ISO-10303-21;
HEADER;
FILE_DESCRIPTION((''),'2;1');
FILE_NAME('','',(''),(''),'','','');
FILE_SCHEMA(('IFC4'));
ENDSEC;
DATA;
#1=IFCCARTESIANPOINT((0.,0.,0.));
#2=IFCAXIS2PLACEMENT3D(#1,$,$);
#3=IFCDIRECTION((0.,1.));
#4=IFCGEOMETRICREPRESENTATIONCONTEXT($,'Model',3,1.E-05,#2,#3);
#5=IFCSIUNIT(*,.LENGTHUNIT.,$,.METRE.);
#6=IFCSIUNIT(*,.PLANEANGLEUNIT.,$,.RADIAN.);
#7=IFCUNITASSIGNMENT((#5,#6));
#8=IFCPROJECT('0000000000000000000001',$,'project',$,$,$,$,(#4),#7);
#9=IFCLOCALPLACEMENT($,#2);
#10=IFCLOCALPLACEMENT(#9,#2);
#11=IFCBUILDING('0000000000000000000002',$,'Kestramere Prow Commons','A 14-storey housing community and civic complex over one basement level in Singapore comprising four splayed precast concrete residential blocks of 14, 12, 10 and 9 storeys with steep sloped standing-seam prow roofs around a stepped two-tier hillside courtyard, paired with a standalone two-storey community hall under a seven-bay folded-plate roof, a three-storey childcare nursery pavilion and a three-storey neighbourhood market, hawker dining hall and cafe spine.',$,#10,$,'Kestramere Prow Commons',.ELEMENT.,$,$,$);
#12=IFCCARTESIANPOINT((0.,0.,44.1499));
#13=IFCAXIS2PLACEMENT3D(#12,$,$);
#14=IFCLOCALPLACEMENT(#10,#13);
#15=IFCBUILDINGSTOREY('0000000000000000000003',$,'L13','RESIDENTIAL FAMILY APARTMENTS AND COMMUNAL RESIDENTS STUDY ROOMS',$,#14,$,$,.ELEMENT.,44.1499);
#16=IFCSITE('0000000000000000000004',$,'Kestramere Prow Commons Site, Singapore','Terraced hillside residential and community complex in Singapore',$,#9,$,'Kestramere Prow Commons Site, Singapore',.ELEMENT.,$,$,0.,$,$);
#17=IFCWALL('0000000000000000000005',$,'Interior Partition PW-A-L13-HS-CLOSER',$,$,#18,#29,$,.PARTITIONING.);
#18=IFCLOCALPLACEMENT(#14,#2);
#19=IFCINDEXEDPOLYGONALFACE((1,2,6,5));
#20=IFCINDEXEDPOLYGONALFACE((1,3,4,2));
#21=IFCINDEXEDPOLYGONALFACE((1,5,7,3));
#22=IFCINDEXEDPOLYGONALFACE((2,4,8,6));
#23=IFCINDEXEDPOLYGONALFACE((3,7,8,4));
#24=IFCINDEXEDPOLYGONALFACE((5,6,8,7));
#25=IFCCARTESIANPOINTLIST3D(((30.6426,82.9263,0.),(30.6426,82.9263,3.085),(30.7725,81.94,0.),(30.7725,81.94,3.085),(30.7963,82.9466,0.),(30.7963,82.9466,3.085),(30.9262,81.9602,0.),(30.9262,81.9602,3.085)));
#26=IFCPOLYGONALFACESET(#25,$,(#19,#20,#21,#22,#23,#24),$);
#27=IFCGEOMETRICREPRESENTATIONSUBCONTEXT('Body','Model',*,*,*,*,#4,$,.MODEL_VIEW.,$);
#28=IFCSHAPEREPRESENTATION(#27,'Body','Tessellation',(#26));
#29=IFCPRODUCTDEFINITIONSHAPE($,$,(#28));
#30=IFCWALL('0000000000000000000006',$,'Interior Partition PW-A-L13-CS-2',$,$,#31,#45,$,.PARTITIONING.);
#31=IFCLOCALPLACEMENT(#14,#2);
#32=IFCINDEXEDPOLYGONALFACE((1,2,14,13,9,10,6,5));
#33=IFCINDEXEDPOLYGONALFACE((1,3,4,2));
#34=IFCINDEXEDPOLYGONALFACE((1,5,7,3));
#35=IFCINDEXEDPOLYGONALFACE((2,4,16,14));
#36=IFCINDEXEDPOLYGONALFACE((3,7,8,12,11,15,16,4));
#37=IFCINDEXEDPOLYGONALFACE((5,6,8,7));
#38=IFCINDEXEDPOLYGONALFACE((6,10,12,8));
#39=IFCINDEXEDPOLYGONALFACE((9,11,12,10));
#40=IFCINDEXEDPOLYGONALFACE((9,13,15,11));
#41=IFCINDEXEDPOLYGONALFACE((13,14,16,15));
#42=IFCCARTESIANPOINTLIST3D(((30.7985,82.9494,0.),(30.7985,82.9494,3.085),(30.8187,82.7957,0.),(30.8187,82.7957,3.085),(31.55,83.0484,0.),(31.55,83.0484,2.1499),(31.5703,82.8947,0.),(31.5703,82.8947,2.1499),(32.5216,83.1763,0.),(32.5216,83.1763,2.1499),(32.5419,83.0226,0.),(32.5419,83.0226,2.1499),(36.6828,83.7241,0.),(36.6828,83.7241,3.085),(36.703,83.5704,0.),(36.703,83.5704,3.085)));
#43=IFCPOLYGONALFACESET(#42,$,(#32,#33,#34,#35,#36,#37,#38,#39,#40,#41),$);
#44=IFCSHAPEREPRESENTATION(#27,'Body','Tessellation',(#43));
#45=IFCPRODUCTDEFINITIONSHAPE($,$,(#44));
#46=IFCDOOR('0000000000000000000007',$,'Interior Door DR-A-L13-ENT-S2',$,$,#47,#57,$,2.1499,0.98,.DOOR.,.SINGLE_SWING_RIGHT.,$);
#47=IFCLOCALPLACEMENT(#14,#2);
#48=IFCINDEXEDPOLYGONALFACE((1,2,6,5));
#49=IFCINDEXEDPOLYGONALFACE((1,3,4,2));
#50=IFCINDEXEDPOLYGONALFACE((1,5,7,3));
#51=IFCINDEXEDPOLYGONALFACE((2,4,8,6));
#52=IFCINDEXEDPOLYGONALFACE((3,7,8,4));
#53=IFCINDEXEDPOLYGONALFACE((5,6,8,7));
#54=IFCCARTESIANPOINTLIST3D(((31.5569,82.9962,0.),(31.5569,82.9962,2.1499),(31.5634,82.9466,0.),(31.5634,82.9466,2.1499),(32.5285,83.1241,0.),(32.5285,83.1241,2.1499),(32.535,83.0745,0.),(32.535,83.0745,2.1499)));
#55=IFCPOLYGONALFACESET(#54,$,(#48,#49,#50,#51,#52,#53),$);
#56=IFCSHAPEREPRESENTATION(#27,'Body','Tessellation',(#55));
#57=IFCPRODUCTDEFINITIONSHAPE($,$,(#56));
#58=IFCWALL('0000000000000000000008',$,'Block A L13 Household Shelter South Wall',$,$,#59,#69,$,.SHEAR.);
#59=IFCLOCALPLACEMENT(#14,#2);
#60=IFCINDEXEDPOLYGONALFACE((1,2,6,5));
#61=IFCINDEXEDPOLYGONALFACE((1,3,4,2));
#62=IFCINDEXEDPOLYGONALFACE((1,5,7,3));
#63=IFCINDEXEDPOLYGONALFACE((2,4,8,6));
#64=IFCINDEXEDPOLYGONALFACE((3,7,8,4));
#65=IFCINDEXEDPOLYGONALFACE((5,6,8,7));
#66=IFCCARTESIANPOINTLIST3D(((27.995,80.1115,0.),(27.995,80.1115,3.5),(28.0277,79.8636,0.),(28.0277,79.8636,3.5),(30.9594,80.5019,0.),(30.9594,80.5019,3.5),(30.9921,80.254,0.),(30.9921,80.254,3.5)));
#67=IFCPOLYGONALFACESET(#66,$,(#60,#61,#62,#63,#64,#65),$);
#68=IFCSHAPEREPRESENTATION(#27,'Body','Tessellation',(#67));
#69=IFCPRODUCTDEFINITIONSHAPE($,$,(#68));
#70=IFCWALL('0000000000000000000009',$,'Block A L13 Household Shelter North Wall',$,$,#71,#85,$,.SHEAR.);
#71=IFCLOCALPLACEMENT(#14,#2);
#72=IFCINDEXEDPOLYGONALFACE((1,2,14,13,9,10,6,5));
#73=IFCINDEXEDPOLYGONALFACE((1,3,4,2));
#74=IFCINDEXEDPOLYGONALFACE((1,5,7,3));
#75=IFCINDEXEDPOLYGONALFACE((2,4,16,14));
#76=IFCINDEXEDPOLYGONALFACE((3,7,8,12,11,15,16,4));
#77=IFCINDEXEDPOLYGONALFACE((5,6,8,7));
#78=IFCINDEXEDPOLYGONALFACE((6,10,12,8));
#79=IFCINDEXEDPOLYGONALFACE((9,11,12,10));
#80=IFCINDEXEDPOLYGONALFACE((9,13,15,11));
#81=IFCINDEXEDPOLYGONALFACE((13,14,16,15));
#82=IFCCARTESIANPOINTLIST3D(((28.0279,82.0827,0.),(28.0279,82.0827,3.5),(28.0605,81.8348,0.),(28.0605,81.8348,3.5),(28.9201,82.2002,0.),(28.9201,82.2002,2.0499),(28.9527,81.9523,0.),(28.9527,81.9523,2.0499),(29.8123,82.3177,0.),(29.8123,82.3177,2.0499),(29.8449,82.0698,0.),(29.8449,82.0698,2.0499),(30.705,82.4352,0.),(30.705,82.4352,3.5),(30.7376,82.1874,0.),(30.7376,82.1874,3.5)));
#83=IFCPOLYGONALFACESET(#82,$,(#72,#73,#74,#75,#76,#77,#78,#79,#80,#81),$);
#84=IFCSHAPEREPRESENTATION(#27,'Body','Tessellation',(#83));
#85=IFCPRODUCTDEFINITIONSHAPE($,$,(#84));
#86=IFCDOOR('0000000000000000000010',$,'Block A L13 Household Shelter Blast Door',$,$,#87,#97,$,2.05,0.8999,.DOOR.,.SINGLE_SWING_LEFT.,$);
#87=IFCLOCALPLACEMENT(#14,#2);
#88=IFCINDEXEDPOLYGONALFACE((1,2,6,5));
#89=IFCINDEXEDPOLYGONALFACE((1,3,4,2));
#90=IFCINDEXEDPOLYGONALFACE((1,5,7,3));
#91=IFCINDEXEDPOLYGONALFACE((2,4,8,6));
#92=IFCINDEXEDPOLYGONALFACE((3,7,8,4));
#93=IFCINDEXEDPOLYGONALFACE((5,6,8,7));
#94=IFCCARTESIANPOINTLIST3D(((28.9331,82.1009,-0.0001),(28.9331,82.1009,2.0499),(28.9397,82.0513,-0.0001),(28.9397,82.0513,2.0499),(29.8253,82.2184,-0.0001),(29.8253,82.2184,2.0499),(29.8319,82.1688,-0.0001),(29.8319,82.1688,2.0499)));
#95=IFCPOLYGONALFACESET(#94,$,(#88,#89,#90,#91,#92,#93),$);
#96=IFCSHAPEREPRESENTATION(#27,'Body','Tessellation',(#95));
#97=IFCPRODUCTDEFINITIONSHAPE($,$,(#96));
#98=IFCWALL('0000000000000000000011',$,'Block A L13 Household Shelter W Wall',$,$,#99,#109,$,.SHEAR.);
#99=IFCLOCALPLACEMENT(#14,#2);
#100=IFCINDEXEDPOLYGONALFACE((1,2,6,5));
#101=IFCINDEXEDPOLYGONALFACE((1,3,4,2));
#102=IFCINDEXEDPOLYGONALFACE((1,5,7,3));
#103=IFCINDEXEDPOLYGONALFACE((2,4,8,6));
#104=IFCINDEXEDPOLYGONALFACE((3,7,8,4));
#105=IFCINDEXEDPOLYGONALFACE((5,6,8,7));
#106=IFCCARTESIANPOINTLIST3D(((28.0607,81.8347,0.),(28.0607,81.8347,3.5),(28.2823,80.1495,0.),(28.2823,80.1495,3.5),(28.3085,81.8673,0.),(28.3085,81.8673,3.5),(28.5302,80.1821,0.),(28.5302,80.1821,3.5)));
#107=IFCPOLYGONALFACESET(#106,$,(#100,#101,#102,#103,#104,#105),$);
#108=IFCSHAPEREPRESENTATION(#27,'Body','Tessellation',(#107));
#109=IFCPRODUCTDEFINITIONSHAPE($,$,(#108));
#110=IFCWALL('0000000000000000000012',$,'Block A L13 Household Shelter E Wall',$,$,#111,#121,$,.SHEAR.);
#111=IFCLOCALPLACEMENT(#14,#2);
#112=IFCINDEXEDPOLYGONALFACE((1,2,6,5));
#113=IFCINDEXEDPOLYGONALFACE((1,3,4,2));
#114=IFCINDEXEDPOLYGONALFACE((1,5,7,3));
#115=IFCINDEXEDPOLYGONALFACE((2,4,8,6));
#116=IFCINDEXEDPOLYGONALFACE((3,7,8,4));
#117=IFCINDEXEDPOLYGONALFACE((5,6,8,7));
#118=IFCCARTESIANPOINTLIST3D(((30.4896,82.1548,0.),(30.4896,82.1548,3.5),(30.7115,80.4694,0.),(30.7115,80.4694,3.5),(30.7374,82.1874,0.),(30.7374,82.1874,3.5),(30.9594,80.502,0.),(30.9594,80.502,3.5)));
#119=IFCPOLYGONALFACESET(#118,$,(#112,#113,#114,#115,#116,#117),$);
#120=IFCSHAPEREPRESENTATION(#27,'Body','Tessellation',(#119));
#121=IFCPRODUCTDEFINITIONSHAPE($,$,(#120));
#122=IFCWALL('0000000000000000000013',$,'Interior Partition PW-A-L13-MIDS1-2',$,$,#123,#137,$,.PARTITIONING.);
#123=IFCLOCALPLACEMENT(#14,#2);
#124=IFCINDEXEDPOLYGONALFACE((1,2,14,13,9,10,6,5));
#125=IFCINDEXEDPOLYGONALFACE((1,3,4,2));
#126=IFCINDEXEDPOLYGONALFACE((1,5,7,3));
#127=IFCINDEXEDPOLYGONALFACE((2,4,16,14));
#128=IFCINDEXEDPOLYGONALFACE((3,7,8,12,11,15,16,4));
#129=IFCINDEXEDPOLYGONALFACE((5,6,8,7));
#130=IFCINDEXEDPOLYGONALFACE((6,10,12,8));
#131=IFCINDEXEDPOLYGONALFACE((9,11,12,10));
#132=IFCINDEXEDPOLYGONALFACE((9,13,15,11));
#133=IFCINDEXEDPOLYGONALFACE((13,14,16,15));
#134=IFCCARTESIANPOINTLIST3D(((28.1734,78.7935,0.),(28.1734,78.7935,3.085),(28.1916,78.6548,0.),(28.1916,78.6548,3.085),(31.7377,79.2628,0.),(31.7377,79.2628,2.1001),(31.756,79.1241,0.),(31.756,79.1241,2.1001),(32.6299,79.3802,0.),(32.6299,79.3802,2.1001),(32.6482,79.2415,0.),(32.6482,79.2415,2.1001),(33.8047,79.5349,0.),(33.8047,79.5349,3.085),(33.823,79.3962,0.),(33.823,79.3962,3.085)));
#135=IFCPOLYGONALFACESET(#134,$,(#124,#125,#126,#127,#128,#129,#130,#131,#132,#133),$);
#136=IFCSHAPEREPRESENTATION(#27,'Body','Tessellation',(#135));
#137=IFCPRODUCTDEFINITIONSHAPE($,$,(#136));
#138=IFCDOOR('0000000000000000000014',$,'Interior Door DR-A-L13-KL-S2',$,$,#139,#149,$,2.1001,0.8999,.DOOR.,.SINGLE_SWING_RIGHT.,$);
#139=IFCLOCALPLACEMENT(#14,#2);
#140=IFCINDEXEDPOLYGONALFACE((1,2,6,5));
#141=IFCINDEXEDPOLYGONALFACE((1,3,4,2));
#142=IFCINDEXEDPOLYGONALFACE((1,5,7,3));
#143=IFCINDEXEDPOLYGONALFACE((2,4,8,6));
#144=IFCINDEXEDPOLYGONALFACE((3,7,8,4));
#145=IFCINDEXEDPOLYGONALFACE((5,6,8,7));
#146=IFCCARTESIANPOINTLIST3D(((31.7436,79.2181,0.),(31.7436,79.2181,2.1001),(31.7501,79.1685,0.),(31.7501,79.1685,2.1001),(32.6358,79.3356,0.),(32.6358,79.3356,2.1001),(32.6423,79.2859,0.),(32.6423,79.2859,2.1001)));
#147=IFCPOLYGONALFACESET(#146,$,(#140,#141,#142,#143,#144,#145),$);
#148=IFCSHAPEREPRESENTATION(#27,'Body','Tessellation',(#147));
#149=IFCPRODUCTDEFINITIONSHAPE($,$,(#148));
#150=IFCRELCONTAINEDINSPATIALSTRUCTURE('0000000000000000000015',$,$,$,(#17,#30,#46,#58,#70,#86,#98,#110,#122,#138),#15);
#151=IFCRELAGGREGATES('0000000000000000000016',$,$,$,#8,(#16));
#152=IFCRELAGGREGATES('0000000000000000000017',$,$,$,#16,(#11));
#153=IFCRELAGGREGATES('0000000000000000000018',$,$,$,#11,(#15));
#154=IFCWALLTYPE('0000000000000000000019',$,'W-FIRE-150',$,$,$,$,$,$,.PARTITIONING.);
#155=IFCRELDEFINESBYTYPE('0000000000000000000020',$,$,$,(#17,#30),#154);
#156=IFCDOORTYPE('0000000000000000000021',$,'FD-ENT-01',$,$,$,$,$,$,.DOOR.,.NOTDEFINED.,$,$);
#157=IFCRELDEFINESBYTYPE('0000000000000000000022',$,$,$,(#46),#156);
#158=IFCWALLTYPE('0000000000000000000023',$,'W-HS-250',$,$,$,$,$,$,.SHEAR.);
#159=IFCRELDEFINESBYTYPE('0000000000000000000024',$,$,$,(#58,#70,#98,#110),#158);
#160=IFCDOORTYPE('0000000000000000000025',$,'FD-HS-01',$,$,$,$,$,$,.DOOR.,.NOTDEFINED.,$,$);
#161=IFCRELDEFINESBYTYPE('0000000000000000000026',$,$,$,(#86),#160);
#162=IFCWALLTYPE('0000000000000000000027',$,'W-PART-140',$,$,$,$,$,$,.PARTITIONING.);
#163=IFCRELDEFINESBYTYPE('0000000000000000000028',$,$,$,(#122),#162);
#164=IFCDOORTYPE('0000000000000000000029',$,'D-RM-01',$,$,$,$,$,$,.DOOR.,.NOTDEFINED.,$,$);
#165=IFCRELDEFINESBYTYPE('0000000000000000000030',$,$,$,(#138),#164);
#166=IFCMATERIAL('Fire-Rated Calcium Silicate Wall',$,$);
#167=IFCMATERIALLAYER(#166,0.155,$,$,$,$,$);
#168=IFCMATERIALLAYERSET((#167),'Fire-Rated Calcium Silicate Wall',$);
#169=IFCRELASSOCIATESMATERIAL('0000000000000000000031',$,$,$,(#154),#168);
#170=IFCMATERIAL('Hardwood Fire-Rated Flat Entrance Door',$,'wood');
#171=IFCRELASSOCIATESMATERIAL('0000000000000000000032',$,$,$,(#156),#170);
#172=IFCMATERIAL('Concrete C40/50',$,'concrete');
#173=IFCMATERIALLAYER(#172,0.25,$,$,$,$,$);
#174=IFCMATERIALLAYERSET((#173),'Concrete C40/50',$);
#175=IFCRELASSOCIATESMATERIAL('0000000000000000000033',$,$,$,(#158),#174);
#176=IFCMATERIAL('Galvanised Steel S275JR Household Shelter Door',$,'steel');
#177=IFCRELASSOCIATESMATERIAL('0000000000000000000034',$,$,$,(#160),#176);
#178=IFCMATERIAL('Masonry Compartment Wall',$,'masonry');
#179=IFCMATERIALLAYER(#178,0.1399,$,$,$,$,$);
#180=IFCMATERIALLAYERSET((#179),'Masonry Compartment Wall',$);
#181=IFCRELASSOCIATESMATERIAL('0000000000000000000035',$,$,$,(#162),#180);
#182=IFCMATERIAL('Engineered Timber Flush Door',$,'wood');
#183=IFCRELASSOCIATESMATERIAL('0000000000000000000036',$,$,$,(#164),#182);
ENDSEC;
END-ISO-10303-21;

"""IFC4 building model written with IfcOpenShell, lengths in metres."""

from ifc_helpers import new_model, si_unit, direction, frame, frame_2d, origin, place, context, subcontext, project, spatial, rectangle, extrude, material, layer, layer_set, type_object, element, fill, save


model = new_model("IFC4")

# Units and contexts
model_context = context("Model", 3, precision=1e-05, world=origin(), true_north=direction((0.0, 1.0)))
body_context = subcontext(model_context, "Body", "Model", "MODEL_VIEW")
ifc_project = project(units=[si_unit("LENGTHUNIT", "METRE"), si_unit("PLANEANGLEUNIT", "RADIAN")], contexts=[model_context])

# Site, building, storey
site_placement = place(None, origin())
site = spatial("IfcSite", under=ifc_project, at=site_placement, Name="Kestramere Prow Commons Site, Singapore", Description="Terraced hillside residential and community complex in Singapore", LongName="Kestramere Prow Commons Site, Singapore", CompositionType="ELEMENT", RefElevation=0.0)
building_placement = place(site_placement, origin())
building = spatial("IfcBuilding", under=site, at=building_placement, Name="Kestramere Prow Commons", Description="A 14-storey housing community and civic complex over one basement level in Singapore comprising four splayed precast concrete residential blocks of 14, 12, 10 and 9 storeys with steep sloped standing-seam prow roofs around a stepped two-tier hillside courtyard, paired with a standalone two-storey community hall under a seven-bay folded-plate roof, a three-storey childcare nursery pavilion and a three-storey neighbourhood market, hawker dining hall and cafe spine.", LongName="Kestramere Prow Commons", CompositionType="ELEMENT")
storey_placement = place(building_placement, frame((0.0, 0.0, 44.1499)))
storey = spatial("IfcBuildingStorey", under=building, at=storey_placement, Name="L13", Description="RESIDENTIAL FAMILY APARTMENTS AND COMMUNAL RESIDENTS STUDY ROOMS", CompositionType="ELEMENT", Elevation=44.1499)

# Wall
ifc_material_1 = material(Name="Fire-Rated Calcium Silicate Wall")
ifc_layer_1 = layer(ifc_material_1, 0.155)
ifc_layer_set_1 = layer_set([ifc_layer_1], Name="Fire-Rated Calcium Silicate Wall")
wall_type_1 = type_object("IfcWallType", Name="W-FIRE-150", PredefinedType="PARTITIONING", material=ifc_layer_set_1)
wall_1_placement = place(storey_placement, frame((30.8494, 81.95, 0.0), z_axis=(0.0, 0.0, 1.0), x_axis=(-0.130556, 0.991441, 0.0)))
element("IfcWall", 1, at=wall_1_placement, inside=storey, type_object=wall_type_1, Name="Interior Partition PW-A-L13-HS-CLOSER", PredefinedType="PARTITIONING", context=body_context, shape_type="SweptSolid", body=[
    extrude(rectangle(XDim=0.9949, YDim=0.155, at=frame_2d((0.4976, 0.0))), origin(), (0.0, 0.0, 1.0), 3.085),
])

# Wall, opening, door
wall_2_placement = place(storey_placement, frame((30.8086, 82.8726, 0.0), z_axis=(0.0, 0.0, 1.0), x_axis=(0.991445, 0.130523, 0.0)))
wall_2 = element("IfcWall", 2, at=wall_2_placement, inside=storey, type_object=wall_type_1, Name="Interior Partition PW-A-L13-CS-2", PredefinedType="PARTITIONING", context=body_context, shape_type="SweptSolid", body=[
    extrude(rectangle(XDim=5.9351, YDim=0.155, at=frame_2d((2.9675, 0.0))), origin(), (0.0, 0.0, 1.0), 3.085),
])
opening_1_placement = place(wall_2_placement, frame((0.7581, 0.0, 0.0)))
opening_1 = element("IfcOpeningElement", 3, at=opening_1_placement, cuts=wall_2, PredefinedType="OPENING", context=body_context, shape_type="SweptSolid", body=[
    extrude(rectangle(XDim=0.98, YDim=2.1499, at=frame_2d((0.49, 1.075))), frame((0.0, 0.0925, 0.0), z_axis=(0.0, -1.0, 0.0), x_axis=(1.0, 0.0, 0.0)), (0.0, 0.0, 1.0), 0.1851),
])
ifc_material_2 = material(Name="Hardwood Fire-Rated Flat Entrance Door", Category="wood")
door_type_1 = type_object("IfcDoorType", Name="FD-ENT-01", OperationType="NOTDEFINED", PredefinedType="DOOR", material=ifc_material_2)
door_1_placement = place(opening_1_placement, origin())
door_1 = element("IfcDoor", 4, at=door_1_placement, inside=storey, type_object=door_type_1, Name="Interior Door DR-A-L13-ENT-S2", OperationType="SINGLE_SWING_RIGHT", OverallHeight=2.1499, OverallWidth=0.98, PredefinedType="DOOR", context=body_context, shape_type="SweptSolid", body=[
    extrude(rectangle(XDim=0.98, YDim=2.1499, at=frame_2d((0.49, 1.075))), frame((0.0, 0.0249, 0.0), z_axis=(0.0, -1.0, 0.0), x_axis=(1.0, 0.0, 0.0)), (0.0, 0.0, 1.0), 0.05),
])
fill(opening_1, door_1)

# Wall
ifc_material_3 = material(Name="Concrete C40/50", Category="concrete")
ifc_layer_2 = layer(ifc_material_3, 0.25)
ifc_layer_set_2 = layer_set([ifc_layer_2], Name="Concrete C40/50")
wall_type_2 = type_object("IfcWallType", Name="W-HS-250", PredefinedType="SHEAR", material=ifc_layer_set_2)
wall_3_placement = place(storey_placement, frame((28.0112, 79.9875, 0.0), z_axis=(0.0, 0.0, 1.0), x_axis=(0.99144, 0.130564, 0.0)))
element("IfcWall", 5, at=wall_3_placement, inside=storey, type_object=wall_type_2, Name="Block A L13 Household Shelter South Wall", PredefinedType="SHEAR", context=body_context, shape_type="SweptSolid", body=[
    extrude(rectangle(XDim=2.99, YDim=0.25, at=frame_2d((1.4951, 0.0))), origin(), (0.0, 0.0, 1.0), 3.5),
])

# Wall, opening, door
wall_4_placement = place(storey_placement, frame((28.0442, 81.9587, 0.0), z_axis=(0.0, 0.0, 1.0), x_axis=(0.99144, 0.130564, 0.0)))
wall_4 = element("IfcWall", 6, at=wall_4_placement, inside=storey, type_object=wall_type_2, Name="Block A L13 Household Shelter North Wall", PredefinedType="SHEAR", context=body_context, shape_type="SweptSolid", body=[
    extrude(rectangle(XDim=2.7002, YDim=0.25, at=frame_2d((1.3501, 0.0))), origin(), (0.0, 0.0, 1.0), 3.5),
])
opening_2_placement = place(wall_4_placement, frame((0.8999, 0.0, 0.0)))
opening_2 = element("IfcOpeningElement", 7, at=opening_2_placement, cuts=wall_4, PredefinedType="OPENING", context=body_context, shape_type="SweptSolid", body=[
    extrude(rectangle(XDim=0.8999, YDim=2.05, at=frame_2d((0.45, 1.0249))), frame((0.0, 0.1399, 0.0), z_axis=(0.0, -1.0, 0.0), x_axis=(1.0, 0.0, 0.0)), (0.0, 0.0, 1.0), 0.28),
])
ifc_material_4 = material(Name="Galvanised Steel S275JR Household Shelter Door", Category="steel")
door_type_2 = type_object("IfcDoorType", Name="FD-HS-01", OperationType="NOTDEFINED", PredefinedType="DOOR", material=ifc_material_4)
door_2_placement = place(opening_2_placement, origin())
door_2 = element("IfcDoor", 8, at=door_2_placement, inside=storey, type_object=door_type_2, Name="Block A L13 Household Shelter Blast Door", OperationType="SINGLE_SWING_LEFT", OverallHeight=2.05, OverallWidth=0.8999, PredefinedType="DOOR", context=body_context, shape_type="SweptSolid", body=[
    extrude(rectangle(XDim=0.8999, YDim=2.05, at=frame_2d((0.45, 1.0249))), frame((0.0, 0.0249, 0.0), z_axis=(0.0, -1.0, 0.0), x_axis=(1.0, 0.0, 0.0)), (0.0, 0.0, 1.0), 0.05),
])
fill(opening_2, door_2)

# Walls
wall_5_placement = place(storey_placement, frame((28.4062, 80.1658, 0.0), z_axis=(0.0, 0.0, 1.0), x_axis=(-0.130414, 0.99146, 0.0)))
element("IfcWall", 9, at=wall_5_placement, inside=storey, type_object=wall_type_2, Name="Block A L13 Household Shelter W Wall", PredefinedType="SHEAR", context=body_context, shape_type="SweptSolid", body=[
    extrude(rectangle(XDim=1.6997, YDim=0.25, at=frame_2d((0.8499, 0.0))), origin(), (0.0, 0.0, 1.0), 3.5),
])
wall_6_placement = place(storey_placement, frame((30.8354, 80.4856, 0.0), z_axis=(0.0, 0.0, 1.0), x_axis=(-0.130555, 0.991441, 0.0)))
element("IfcWall", 10, at=wall_6_placement, inside=storey, type_object=wall_type_2, Name="Block A L13 Household Shelter E Wall", PredefinedType="SHEAR", context=body_context, shape_type="SweptSolid", body=[
    extrude(rectangle(XDim=1.7, YDim=0.25, at=frame_2d((0.8501, 0.0))), origin(), (0.0, 0.0, 1.0), 3.5),
])

# Wall, opening, door
ifc_material_5 = material(Name="Masonry Compartment Wall", Category="masonry")
ifc_layer_3 = layer(ifc_material_5, 0.1399)
ifc_layer_set_3 = layer_set([ifc_layer_3], Name="Masonry Compartment Wall")
wall_type_3 = type_object("IfcWallType", Name="W-PART-140", PredefinedType="PARTITIONING", material=ifc_layer_set_3)
wall_7_placement = place(storey_placement, frame((28.1826, 78.7241, 0.0), z_axis=(0.0, 0.0, 1.0), x_axis=(0.991443, 0.130539, 0.0)))
wall_7 = element("IfcWall", 11, at=wall_7_placement, inside=storey, type_object=wall_type_3, Name="Interior Partition PW-A-L13-MIDS1-2", PredefinedType="PARTITIONING", context=body_context, shape_type="SweptSolid", body=[
    extrude(rectangle(XDim=5.6799, YDim=0.1399, at=frame_2d((2.8398, 0.0))), origin(), (0.0, 0.0, 1.0), 3.085),
])
opening_3_placement = place(wall_7_placement, frame((3.595, 0.0, 0.0)))
opening_3 = element("IfcOpeningElement", 12, at=opening_3_placement, cuts=wall_7, PredefinedType="OPENING", context=body_context, shape_type="SweptSolid", body=[
    extrude(rectangle(XDim=0.8999, YDim=2.1001, at=frame_2d((0.45, 1.05))), frame((0.0, 0.085, 0.0), z_axis=(0.0, -1.0, 0.0), x_axis=(1.0, 0.0, 0.0)), (0.0, 0.0, 1.0), 0.1699),
])
ifc_material_6 = material(Name="Engineered Timber Flush Door", Category="wood")
door_type_3 = type_object("IfcDoorType", Name="D-RM-01", OperationType="NOTDEFINED", PredefinedType="DOOR", material=ifc_material_6)
door_3_placement = place(opening_3_placement, origin())
door_3 = element("IfcDoor", 13, at=door_3_placement, inside=storey, type_object=door_type_3, Name="Interior Door DR-A-L13-KL-S2", OperationType="SINGLE_SWING_RIGHT", OverallHeight=2.1001, OverallWidth=0.8999, PredefinedType="DOOR", context=body_context, shape_type="SweptSolid", body=[
    extrude(rectangle(XDim=0.8999, YDim=2.1001, at=frame_2d((0.45, 1.05))), frame((0.0, 0.0249, 0.0), z_axis=(0.0, -1.0, 0.0), x_axis=(1.0, 0.0, 0.0)), (0.0, 0.0, 1.0), 0.05),
])
fill(opening_3, door_3)

save(model, "model.ifc")
